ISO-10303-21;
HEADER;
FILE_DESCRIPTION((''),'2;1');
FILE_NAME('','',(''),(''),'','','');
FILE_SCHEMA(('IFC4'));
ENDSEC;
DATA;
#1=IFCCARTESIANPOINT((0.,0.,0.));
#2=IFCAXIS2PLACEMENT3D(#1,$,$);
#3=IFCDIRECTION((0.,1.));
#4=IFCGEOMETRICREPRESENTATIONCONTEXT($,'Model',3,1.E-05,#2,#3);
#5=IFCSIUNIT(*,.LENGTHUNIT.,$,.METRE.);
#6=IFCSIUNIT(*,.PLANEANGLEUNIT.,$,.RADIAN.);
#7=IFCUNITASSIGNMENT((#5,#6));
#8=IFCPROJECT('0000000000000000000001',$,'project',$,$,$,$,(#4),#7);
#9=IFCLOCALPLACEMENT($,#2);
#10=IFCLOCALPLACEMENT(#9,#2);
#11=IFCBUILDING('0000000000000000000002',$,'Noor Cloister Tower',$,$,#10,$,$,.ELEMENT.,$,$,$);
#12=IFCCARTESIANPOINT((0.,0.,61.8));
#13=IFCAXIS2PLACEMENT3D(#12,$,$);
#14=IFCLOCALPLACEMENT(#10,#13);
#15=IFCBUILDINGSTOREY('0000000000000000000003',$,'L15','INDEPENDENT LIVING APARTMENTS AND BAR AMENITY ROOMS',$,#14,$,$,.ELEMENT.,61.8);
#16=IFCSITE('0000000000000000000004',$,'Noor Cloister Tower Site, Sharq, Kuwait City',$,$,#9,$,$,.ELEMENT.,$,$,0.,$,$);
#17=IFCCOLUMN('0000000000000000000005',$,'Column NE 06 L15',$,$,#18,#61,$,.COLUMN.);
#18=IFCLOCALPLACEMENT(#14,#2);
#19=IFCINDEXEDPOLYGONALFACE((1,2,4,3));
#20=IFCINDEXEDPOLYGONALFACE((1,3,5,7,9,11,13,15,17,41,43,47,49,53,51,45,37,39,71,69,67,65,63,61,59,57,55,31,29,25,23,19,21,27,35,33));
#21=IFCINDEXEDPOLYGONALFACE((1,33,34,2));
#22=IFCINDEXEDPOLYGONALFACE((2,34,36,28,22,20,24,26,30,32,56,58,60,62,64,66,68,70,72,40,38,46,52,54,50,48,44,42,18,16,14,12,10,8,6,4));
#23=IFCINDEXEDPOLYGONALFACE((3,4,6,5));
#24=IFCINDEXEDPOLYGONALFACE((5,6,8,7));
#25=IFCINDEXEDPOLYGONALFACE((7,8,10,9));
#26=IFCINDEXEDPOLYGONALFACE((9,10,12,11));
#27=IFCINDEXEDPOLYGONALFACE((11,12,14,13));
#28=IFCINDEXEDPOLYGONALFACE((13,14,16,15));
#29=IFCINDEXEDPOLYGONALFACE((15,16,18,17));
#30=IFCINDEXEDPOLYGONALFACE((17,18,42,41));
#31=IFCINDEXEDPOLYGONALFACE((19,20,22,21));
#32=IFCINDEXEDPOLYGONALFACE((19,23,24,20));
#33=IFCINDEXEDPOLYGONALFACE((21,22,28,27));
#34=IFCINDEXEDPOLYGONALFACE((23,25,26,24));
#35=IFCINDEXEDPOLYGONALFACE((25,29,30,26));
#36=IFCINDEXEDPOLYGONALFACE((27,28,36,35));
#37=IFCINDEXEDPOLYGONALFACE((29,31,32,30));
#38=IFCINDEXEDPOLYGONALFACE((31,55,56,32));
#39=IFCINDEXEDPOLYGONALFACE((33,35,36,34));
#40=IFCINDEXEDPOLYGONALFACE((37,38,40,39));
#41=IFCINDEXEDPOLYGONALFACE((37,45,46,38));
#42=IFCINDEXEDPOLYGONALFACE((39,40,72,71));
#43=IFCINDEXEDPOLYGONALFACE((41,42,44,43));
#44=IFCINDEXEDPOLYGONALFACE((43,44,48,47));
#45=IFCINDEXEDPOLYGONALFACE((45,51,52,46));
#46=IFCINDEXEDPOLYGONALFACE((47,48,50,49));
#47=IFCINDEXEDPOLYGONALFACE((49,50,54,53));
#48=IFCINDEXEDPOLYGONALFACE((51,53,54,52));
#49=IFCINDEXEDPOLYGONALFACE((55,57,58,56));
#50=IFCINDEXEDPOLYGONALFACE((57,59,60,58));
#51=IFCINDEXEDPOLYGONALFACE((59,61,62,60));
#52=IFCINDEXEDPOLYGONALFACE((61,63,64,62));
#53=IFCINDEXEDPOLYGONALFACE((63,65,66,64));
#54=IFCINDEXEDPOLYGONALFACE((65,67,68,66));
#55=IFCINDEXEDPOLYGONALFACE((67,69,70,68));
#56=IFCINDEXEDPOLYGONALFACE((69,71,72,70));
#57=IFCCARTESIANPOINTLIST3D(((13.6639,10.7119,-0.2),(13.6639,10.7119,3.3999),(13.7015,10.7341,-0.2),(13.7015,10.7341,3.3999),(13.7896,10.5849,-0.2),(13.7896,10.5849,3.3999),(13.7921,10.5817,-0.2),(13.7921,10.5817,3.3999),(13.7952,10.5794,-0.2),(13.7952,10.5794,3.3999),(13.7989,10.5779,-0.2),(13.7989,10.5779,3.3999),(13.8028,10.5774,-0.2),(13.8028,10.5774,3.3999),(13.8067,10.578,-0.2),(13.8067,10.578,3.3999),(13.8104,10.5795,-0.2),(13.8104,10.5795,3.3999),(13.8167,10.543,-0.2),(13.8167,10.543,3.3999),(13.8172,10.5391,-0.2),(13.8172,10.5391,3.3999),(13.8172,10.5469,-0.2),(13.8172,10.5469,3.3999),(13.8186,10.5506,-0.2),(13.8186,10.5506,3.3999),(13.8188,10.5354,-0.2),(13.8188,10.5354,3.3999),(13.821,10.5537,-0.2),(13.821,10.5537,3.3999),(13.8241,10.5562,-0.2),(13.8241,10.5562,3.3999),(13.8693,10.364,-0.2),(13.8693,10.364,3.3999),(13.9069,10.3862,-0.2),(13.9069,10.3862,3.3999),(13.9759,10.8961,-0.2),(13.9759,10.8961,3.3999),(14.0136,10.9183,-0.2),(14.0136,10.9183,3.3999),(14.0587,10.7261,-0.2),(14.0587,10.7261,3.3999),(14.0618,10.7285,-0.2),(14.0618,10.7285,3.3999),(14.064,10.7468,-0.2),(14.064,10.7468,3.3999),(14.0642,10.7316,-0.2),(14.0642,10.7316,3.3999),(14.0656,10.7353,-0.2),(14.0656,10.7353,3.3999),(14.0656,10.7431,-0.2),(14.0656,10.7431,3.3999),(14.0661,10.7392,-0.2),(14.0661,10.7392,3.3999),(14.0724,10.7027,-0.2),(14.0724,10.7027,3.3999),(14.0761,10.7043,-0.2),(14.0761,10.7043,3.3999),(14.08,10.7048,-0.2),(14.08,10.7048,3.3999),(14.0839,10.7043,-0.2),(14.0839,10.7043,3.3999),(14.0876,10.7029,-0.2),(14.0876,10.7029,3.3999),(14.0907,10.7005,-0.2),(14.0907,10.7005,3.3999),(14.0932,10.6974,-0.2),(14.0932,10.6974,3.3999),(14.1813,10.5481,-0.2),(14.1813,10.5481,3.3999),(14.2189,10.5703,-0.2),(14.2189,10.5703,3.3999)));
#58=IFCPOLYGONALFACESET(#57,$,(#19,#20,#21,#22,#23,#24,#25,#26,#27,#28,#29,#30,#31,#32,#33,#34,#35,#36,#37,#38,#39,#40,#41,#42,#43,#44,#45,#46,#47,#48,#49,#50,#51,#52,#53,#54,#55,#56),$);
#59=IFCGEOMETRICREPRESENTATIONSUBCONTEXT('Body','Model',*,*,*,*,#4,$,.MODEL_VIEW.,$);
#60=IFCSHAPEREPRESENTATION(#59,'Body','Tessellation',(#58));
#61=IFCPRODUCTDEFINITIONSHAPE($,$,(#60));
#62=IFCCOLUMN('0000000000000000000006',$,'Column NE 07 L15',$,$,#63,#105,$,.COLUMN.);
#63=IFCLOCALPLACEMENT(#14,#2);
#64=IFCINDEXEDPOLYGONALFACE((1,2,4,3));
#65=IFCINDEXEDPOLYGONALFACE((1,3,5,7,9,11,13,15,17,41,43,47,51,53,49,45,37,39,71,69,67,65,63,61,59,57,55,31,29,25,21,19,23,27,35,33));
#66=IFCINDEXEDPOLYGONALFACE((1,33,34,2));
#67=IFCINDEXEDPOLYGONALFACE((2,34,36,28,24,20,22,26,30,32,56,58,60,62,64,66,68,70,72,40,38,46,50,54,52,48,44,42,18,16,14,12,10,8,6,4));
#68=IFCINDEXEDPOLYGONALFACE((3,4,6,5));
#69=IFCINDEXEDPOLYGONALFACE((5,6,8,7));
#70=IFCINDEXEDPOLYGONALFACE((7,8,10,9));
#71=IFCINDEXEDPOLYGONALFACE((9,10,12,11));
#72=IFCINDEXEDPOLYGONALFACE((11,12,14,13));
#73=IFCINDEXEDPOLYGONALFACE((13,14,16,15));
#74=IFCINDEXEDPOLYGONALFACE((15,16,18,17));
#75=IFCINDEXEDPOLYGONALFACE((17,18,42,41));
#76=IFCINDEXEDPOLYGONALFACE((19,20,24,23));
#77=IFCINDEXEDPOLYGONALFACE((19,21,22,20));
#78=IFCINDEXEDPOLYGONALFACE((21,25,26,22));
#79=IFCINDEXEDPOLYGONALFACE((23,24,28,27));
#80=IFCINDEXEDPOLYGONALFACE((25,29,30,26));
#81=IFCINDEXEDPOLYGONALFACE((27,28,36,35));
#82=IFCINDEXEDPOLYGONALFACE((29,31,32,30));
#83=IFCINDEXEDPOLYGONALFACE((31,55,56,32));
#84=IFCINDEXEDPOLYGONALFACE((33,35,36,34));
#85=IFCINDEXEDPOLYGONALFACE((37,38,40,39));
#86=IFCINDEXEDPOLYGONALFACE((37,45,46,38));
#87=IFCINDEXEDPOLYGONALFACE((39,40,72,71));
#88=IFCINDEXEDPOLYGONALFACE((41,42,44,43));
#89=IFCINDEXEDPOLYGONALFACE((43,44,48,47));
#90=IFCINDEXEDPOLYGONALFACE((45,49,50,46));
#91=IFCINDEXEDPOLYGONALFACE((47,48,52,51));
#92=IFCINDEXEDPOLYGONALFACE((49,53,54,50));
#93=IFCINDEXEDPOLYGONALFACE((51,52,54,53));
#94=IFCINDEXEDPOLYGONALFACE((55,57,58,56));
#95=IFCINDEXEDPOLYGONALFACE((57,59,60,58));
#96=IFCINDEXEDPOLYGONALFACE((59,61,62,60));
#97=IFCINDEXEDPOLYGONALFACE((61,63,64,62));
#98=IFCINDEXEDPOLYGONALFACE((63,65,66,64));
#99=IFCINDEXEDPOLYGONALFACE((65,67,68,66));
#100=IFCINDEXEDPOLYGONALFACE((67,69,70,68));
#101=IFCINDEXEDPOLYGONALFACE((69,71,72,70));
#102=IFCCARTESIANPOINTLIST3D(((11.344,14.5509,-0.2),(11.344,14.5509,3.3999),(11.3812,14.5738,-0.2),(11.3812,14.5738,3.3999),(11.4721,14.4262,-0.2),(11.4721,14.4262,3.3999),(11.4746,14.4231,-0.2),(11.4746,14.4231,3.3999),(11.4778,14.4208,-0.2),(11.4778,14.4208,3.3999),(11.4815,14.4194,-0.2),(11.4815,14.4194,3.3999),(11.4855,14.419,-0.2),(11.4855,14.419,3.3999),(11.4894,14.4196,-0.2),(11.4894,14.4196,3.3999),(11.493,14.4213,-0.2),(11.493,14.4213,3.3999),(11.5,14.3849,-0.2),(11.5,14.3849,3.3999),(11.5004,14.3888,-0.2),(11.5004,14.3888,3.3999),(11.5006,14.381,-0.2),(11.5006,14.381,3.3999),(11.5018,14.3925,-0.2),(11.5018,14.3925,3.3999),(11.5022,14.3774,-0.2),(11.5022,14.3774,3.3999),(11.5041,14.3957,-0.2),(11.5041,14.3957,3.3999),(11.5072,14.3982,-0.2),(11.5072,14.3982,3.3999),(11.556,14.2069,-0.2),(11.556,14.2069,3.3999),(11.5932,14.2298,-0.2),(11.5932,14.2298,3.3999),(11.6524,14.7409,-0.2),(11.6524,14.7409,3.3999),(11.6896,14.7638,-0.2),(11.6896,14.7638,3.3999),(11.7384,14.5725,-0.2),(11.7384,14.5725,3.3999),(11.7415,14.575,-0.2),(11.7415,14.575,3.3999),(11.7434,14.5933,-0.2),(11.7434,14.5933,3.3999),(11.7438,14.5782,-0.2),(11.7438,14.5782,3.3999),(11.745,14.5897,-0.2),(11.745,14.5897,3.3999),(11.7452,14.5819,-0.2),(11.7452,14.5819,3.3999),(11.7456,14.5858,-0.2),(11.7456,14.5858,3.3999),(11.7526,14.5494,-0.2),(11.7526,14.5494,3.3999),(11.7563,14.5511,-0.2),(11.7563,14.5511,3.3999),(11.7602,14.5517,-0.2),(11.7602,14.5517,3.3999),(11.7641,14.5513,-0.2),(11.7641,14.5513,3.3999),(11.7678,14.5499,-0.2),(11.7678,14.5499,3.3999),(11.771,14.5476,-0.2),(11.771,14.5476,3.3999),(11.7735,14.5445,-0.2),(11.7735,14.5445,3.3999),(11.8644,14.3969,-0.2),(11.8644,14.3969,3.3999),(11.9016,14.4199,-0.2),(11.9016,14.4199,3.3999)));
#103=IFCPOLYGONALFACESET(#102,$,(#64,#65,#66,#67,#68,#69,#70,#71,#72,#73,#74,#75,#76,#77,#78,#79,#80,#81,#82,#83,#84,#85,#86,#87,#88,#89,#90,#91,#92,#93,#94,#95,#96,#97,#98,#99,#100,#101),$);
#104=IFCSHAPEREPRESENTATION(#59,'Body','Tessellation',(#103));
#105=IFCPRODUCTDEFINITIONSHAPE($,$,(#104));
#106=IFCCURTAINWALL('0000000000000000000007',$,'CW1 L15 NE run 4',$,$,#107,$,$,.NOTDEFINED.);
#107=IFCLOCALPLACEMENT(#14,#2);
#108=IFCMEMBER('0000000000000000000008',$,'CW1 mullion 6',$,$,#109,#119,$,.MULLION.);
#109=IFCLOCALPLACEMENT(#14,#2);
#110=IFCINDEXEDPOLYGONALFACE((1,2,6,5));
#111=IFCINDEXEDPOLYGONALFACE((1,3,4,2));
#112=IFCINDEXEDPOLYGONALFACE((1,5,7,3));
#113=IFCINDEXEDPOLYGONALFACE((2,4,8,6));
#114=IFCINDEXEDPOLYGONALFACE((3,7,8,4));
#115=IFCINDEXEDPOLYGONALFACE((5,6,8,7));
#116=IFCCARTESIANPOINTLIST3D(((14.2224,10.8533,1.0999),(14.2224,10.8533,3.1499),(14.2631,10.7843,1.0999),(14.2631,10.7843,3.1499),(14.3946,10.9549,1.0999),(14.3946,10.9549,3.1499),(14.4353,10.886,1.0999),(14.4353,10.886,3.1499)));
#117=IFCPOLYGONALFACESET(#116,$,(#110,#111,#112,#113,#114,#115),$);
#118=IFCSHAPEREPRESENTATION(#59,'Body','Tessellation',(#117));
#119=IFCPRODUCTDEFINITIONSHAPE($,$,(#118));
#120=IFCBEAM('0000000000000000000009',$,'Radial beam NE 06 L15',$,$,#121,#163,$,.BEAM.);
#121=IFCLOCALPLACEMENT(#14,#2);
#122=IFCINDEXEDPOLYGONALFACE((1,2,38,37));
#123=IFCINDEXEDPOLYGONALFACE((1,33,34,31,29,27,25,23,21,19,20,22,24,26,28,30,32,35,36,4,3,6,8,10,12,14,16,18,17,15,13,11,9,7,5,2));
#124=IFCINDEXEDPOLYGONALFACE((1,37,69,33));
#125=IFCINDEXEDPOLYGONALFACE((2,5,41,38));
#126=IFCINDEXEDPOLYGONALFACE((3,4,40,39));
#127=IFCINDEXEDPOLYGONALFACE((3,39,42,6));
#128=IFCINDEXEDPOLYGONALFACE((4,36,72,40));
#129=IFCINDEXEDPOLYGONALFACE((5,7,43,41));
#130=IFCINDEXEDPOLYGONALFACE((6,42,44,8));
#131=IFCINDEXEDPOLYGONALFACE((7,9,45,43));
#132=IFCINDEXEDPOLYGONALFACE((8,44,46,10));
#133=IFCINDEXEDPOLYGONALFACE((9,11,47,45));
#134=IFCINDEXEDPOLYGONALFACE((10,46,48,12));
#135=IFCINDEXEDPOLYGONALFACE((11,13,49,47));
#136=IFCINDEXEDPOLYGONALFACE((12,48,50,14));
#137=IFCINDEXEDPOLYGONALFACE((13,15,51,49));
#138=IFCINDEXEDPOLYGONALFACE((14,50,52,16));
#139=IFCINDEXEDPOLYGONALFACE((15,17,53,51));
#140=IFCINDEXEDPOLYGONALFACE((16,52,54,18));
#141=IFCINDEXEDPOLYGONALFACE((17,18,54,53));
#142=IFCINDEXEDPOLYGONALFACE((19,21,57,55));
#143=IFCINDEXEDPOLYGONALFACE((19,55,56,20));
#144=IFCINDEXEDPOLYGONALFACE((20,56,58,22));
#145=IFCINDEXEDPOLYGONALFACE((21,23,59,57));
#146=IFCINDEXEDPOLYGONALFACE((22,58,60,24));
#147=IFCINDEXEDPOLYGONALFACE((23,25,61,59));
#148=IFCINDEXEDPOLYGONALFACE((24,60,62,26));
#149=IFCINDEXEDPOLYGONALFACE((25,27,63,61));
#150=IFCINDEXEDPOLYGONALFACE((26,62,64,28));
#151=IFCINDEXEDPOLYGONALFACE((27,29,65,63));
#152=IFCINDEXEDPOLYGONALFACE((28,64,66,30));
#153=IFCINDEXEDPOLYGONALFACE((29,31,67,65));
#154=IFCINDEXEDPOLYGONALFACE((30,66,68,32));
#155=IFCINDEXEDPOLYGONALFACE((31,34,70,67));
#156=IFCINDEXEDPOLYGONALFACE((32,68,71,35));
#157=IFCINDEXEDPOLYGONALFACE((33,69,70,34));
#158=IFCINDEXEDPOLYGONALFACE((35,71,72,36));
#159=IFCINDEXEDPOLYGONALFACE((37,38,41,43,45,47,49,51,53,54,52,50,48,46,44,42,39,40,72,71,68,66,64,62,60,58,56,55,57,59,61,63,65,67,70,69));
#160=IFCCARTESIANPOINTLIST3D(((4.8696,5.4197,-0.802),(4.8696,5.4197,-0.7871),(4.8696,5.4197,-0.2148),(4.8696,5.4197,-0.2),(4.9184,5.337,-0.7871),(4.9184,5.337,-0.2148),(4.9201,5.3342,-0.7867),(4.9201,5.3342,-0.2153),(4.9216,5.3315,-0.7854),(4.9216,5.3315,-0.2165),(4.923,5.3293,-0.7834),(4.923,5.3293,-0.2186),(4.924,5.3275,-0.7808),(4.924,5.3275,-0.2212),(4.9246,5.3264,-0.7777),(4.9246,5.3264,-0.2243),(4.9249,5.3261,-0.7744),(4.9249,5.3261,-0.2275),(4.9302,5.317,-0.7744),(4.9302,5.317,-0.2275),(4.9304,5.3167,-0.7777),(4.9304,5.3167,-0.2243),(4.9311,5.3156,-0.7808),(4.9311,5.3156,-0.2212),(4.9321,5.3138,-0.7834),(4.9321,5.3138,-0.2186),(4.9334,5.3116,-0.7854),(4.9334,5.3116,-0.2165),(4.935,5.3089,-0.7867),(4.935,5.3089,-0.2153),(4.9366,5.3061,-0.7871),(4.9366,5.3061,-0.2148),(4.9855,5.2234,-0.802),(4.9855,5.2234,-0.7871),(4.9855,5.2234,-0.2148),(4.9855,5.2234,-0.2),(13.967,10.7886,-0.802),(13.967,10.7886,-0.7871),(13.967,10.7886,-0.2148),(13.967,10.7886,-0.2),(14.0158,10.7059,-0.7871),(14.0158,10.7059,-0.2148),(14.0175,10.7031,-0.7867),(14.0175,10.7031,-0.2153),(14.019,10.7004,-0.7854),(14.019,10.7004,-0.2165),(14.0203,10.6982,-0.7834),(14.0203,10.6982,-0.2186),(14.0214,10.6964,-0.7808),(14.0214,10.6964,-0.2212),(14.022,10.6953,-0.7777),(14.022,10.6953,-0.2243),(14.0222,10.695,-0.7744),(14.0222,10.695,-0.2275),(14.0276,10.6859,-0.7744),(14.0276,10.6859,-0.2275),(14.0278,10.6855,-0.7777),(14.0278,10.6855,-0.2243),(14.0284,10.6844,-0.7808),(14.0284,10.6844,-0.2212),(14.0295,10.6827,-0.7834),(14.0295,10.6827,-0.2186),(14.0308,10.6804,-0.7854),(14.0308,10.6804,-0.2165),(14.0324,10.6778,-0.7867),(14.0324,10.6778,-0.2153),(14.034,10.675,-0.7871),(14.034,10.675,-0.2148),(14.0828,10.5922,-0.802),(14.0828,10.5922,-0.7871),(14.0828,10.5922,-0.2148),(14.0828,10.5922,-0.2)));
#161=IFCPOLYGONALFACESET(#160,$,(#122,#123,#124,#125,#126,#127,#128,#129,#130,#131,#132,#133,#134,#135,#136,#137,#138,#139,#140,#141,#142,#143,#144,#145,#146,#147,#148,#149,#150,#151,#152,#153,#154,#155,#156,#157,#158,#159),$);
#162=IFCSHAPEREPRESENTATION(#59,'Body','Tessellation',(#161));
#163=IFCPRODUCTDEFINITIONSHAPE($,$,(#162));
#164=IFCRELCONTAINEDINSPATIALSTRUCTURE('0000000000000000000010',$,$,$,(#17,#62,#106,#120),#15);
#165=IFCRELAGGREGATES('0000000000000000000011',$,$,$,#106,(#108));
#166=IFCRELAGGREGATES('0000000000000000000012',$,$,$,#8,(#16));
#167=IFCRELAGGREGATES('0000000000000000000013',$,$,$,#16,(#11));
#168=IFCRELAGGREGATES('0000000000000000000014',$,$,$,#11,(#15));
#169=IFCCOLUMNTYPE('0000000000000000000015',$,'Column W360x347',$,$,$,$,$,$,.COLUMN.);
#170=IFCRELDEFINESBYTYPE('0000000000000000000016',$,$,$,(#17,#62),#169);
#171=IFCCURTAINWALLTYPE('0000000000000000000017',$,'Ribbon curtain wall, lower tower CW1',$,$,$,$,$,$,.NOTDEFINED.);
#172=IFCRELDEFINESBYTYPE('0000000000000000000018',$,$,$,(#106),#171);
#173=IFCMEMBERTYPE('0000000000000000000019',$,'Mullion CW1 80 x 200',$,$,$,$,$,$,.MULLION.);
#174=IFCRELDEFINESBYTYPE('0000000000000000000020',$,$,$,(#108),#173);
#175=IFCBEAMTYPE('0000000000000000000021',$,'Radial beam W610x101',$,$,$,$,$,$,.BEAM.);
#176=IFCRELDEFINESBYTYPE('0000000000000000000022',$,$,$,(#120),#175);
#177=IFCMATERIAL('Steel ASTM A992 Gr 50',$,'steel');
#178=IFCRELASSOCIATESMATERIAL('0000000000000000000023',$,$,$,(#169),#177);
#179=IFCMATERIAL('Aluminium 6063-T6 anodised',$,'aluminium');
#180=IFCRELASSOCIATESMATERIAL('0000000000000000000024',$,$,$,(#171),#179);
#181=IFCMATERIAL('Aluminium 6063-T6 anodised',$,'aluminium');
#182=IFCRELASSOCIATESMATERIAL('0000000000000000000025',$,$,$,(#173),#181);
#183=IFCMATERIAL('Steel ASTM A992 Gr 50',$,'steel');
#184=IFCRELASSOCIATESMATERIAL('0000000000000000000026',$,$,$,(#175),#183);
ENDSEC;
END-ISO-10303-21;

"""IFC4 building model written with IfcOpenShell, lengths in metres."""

from ifc_helpers import new_model, si_unit, direction, frame, origin, origin_2d, place, context, subcontext, project, spatial, rectangle, i_section, extrude, material, material_profile, profile_set, type_object, element, aggregate, save


model = new_model("IFC4")

# Units and contexts
model_context = context("Model", 3, precision=1e-05, world=origin(), true_north=direction((0.0, 1.0)))
body_context = subcontext(model_context, "Body", "Model", "MODEL_VIEW")
ifc_project = project(units=[si_unit("LENGTHUNIT", "METRE"), si_unit("PLANEANGLEUNIT", "RADIAN")], contexts=[model_context])

# Site, building, storey
site_placement = place(None, origin())
site = spatial("IfcSite", under=ifc_project, at=site_placement, Name="Noor Cloister Tower Site, Sharq, Kuwait City", CompositionType="ELEMENT", RefElevation=0.0)
building_placement = place(site_placement, origin())
building = spatial("IfcBuilding", under=site, at=building_placement, Name="Noor Cloister Tower", CompositionType="ELEMENT")
storey_placement = place(building_placement, frame((0.0, 0.0, 61.8)))
storey = spatial("IfcBuildingStorey", under=building, at=storey_placement, Name="L15", Description="INDEPENDENT LIVING APARTMENTS AND BAR AMENITY ROOMS", CompositionType="ELEMENT", Elevation=61.8)

# Columns
ifc_material_1 = material(Name="Steel ASTM A992 Gr 50", Category="steel")
ifc_material_profile_1 = material_profile(ifc_material_1, i_section(OverallWidth=0.4041, OverallDepth=0.406, WebThickness=0.0271, FlangeThickness=0.0437, FilletRadius=0.0151, at=origin_2d()), Name="W360x347")
ifc_profile_set_1 = profile_set([ifc_material_profile_1], Name="Steel ASTM A992 Gr 50")
column_type = type_object("IfcColumnType", Name="Column W360x347", PredefinedType="COLUMN", material=ifc_profile_set_1)
for number, where, z_axis, x_axis, name in (
    (1, (13.9414, 10.6411, -0.2), (0.0, 0.0, 1.0), (-0.508246, 0.861212, 0.0), "Column NE 06 L15"),
    (2, (11.6228, 14.4854, -0.2), (0.0, 0.0, 1.0), (-0.524598, 0.85135, 0.0), "Column NE 07 L15"),
):
    element("IfcColumn", number, at=place(storey_placement, frame(where, z_axis=z_axis, x_axis=x_axis)), inside=storey, type_object=column_type, Name=name, PredefinedType="COLUMN", context=body_context, shape_type="SweptSolid", body=[
        extrude(i_section(OverallWidth=0.4041, OverallDepth=0.406, WebThickness=0.0271, FlangeThickness=0.0437, FilletRadius=0.0151, at=origin_2d()), origin(), (0.0, 0.0, 1.0), 3.5999),
    ])

# Curtain wall, member
ifc_material_2 = material(Name="Aluminium 6063-T6 anodised", Category="aluminium")
curtain_wall_type = type_object("IfcCurtainWallType", Name="Ribbon curtain wall, lower tower CW1", PredefinedType="NOTDEFINED", material=ifc_material_2)
curtain_wall_placement = place(storey_placement, origin())
curtain_wall = element("IfcCurtainWall", 3, at=curtain_wall_placement, inside=storey, type_object=curtain_wall_type, Name="CW1 L15 NE run 4", PredefinedType="NOTDEFINED")
ifc_material_3 = material(Name="Aluminium 6063-T6 anodised", Category="aluminium")
ifc_material_profile_2 = material_profile(ifc_material_3, rectangle(XDim=0.2, YDim=0.0801, at=origin_2d()), Name="200 x 80 mullion")
ifc_profile_set_2 = profile_set([ifc_material_profile_2], Name="Aluminium 6063-T6 anodised")
member_type = type_object("IfcMemberType", Name="Mullion CW1 80 x 200", PredefinedType="MULLION", material=ifc_profile_set_2)
member_placement = place(storey_placement, frame((14.3289, 10.8696, 1.0999), z_axis=(0.0, 0.0, 1.0), x_axis=(-0.861212, -0.508246, 0.0)))
member = element("IfcMember", 4, at=member_placement, type_object=member_type, Name="CW1 mullion 6", PredefinedType="MULLION", context=body_context, shape_type="SweptSolid", body=[
    extrude(rectangle(XDim=0.2, YDim=0.0801, at=origin_2d()), origin(), (0.0, 0.0, 1.0), 2.05),
])

# Beam
ifc_material_4 = material(Name="Steel ASTM A992 Gr 50", Category="steel")
ifc_material_profile_3 = material_profile(ifc_material_4, i_section(OverallWidth=0.228, OverallDepth=0.6021, WebThickness=0.0105, FlangeThickness=0.0149, FilletRadius=0.0127, at=origin_2d()), Name="W610x101")
ifc_profile_set_3 = profile_set([ifc_material_profile_3], Name="Steel ASTM A992 Gr 50")
beam_type_1 = type_object("IfcBeamType", Name="Radial beam W610x101", PredefinedType="BEAM", material=ifc_profile_set_3)
beam_1_placement = place(storey_placement, frame((14.0249, 10.6904, -0.501), z_axis=(-0.86121, -0.508249, 0.0), x_axis=(0.508249, -0.86121, 0.0)))
element("IfcBeam", 5, at=beam_1_placement, inside=storey, type_object=beam_type_1, Name="Radial beam NE 06 L15", PredefinedType="BEAM", context=body_context, shape_type="SweptSolid", body=[
    extrude(i_section(OverallWidth=0.228, OverallDepth=0.6021, WebThickness=0.0105, FlangeThickness=0.0149, FilletRadius=0.0127, at=origin_2d()), origin(), (0.0, 0.0, 1.0), 10.5635),
])

aggregate(curtain_wall, [member])

save(model, "model.ifc")
